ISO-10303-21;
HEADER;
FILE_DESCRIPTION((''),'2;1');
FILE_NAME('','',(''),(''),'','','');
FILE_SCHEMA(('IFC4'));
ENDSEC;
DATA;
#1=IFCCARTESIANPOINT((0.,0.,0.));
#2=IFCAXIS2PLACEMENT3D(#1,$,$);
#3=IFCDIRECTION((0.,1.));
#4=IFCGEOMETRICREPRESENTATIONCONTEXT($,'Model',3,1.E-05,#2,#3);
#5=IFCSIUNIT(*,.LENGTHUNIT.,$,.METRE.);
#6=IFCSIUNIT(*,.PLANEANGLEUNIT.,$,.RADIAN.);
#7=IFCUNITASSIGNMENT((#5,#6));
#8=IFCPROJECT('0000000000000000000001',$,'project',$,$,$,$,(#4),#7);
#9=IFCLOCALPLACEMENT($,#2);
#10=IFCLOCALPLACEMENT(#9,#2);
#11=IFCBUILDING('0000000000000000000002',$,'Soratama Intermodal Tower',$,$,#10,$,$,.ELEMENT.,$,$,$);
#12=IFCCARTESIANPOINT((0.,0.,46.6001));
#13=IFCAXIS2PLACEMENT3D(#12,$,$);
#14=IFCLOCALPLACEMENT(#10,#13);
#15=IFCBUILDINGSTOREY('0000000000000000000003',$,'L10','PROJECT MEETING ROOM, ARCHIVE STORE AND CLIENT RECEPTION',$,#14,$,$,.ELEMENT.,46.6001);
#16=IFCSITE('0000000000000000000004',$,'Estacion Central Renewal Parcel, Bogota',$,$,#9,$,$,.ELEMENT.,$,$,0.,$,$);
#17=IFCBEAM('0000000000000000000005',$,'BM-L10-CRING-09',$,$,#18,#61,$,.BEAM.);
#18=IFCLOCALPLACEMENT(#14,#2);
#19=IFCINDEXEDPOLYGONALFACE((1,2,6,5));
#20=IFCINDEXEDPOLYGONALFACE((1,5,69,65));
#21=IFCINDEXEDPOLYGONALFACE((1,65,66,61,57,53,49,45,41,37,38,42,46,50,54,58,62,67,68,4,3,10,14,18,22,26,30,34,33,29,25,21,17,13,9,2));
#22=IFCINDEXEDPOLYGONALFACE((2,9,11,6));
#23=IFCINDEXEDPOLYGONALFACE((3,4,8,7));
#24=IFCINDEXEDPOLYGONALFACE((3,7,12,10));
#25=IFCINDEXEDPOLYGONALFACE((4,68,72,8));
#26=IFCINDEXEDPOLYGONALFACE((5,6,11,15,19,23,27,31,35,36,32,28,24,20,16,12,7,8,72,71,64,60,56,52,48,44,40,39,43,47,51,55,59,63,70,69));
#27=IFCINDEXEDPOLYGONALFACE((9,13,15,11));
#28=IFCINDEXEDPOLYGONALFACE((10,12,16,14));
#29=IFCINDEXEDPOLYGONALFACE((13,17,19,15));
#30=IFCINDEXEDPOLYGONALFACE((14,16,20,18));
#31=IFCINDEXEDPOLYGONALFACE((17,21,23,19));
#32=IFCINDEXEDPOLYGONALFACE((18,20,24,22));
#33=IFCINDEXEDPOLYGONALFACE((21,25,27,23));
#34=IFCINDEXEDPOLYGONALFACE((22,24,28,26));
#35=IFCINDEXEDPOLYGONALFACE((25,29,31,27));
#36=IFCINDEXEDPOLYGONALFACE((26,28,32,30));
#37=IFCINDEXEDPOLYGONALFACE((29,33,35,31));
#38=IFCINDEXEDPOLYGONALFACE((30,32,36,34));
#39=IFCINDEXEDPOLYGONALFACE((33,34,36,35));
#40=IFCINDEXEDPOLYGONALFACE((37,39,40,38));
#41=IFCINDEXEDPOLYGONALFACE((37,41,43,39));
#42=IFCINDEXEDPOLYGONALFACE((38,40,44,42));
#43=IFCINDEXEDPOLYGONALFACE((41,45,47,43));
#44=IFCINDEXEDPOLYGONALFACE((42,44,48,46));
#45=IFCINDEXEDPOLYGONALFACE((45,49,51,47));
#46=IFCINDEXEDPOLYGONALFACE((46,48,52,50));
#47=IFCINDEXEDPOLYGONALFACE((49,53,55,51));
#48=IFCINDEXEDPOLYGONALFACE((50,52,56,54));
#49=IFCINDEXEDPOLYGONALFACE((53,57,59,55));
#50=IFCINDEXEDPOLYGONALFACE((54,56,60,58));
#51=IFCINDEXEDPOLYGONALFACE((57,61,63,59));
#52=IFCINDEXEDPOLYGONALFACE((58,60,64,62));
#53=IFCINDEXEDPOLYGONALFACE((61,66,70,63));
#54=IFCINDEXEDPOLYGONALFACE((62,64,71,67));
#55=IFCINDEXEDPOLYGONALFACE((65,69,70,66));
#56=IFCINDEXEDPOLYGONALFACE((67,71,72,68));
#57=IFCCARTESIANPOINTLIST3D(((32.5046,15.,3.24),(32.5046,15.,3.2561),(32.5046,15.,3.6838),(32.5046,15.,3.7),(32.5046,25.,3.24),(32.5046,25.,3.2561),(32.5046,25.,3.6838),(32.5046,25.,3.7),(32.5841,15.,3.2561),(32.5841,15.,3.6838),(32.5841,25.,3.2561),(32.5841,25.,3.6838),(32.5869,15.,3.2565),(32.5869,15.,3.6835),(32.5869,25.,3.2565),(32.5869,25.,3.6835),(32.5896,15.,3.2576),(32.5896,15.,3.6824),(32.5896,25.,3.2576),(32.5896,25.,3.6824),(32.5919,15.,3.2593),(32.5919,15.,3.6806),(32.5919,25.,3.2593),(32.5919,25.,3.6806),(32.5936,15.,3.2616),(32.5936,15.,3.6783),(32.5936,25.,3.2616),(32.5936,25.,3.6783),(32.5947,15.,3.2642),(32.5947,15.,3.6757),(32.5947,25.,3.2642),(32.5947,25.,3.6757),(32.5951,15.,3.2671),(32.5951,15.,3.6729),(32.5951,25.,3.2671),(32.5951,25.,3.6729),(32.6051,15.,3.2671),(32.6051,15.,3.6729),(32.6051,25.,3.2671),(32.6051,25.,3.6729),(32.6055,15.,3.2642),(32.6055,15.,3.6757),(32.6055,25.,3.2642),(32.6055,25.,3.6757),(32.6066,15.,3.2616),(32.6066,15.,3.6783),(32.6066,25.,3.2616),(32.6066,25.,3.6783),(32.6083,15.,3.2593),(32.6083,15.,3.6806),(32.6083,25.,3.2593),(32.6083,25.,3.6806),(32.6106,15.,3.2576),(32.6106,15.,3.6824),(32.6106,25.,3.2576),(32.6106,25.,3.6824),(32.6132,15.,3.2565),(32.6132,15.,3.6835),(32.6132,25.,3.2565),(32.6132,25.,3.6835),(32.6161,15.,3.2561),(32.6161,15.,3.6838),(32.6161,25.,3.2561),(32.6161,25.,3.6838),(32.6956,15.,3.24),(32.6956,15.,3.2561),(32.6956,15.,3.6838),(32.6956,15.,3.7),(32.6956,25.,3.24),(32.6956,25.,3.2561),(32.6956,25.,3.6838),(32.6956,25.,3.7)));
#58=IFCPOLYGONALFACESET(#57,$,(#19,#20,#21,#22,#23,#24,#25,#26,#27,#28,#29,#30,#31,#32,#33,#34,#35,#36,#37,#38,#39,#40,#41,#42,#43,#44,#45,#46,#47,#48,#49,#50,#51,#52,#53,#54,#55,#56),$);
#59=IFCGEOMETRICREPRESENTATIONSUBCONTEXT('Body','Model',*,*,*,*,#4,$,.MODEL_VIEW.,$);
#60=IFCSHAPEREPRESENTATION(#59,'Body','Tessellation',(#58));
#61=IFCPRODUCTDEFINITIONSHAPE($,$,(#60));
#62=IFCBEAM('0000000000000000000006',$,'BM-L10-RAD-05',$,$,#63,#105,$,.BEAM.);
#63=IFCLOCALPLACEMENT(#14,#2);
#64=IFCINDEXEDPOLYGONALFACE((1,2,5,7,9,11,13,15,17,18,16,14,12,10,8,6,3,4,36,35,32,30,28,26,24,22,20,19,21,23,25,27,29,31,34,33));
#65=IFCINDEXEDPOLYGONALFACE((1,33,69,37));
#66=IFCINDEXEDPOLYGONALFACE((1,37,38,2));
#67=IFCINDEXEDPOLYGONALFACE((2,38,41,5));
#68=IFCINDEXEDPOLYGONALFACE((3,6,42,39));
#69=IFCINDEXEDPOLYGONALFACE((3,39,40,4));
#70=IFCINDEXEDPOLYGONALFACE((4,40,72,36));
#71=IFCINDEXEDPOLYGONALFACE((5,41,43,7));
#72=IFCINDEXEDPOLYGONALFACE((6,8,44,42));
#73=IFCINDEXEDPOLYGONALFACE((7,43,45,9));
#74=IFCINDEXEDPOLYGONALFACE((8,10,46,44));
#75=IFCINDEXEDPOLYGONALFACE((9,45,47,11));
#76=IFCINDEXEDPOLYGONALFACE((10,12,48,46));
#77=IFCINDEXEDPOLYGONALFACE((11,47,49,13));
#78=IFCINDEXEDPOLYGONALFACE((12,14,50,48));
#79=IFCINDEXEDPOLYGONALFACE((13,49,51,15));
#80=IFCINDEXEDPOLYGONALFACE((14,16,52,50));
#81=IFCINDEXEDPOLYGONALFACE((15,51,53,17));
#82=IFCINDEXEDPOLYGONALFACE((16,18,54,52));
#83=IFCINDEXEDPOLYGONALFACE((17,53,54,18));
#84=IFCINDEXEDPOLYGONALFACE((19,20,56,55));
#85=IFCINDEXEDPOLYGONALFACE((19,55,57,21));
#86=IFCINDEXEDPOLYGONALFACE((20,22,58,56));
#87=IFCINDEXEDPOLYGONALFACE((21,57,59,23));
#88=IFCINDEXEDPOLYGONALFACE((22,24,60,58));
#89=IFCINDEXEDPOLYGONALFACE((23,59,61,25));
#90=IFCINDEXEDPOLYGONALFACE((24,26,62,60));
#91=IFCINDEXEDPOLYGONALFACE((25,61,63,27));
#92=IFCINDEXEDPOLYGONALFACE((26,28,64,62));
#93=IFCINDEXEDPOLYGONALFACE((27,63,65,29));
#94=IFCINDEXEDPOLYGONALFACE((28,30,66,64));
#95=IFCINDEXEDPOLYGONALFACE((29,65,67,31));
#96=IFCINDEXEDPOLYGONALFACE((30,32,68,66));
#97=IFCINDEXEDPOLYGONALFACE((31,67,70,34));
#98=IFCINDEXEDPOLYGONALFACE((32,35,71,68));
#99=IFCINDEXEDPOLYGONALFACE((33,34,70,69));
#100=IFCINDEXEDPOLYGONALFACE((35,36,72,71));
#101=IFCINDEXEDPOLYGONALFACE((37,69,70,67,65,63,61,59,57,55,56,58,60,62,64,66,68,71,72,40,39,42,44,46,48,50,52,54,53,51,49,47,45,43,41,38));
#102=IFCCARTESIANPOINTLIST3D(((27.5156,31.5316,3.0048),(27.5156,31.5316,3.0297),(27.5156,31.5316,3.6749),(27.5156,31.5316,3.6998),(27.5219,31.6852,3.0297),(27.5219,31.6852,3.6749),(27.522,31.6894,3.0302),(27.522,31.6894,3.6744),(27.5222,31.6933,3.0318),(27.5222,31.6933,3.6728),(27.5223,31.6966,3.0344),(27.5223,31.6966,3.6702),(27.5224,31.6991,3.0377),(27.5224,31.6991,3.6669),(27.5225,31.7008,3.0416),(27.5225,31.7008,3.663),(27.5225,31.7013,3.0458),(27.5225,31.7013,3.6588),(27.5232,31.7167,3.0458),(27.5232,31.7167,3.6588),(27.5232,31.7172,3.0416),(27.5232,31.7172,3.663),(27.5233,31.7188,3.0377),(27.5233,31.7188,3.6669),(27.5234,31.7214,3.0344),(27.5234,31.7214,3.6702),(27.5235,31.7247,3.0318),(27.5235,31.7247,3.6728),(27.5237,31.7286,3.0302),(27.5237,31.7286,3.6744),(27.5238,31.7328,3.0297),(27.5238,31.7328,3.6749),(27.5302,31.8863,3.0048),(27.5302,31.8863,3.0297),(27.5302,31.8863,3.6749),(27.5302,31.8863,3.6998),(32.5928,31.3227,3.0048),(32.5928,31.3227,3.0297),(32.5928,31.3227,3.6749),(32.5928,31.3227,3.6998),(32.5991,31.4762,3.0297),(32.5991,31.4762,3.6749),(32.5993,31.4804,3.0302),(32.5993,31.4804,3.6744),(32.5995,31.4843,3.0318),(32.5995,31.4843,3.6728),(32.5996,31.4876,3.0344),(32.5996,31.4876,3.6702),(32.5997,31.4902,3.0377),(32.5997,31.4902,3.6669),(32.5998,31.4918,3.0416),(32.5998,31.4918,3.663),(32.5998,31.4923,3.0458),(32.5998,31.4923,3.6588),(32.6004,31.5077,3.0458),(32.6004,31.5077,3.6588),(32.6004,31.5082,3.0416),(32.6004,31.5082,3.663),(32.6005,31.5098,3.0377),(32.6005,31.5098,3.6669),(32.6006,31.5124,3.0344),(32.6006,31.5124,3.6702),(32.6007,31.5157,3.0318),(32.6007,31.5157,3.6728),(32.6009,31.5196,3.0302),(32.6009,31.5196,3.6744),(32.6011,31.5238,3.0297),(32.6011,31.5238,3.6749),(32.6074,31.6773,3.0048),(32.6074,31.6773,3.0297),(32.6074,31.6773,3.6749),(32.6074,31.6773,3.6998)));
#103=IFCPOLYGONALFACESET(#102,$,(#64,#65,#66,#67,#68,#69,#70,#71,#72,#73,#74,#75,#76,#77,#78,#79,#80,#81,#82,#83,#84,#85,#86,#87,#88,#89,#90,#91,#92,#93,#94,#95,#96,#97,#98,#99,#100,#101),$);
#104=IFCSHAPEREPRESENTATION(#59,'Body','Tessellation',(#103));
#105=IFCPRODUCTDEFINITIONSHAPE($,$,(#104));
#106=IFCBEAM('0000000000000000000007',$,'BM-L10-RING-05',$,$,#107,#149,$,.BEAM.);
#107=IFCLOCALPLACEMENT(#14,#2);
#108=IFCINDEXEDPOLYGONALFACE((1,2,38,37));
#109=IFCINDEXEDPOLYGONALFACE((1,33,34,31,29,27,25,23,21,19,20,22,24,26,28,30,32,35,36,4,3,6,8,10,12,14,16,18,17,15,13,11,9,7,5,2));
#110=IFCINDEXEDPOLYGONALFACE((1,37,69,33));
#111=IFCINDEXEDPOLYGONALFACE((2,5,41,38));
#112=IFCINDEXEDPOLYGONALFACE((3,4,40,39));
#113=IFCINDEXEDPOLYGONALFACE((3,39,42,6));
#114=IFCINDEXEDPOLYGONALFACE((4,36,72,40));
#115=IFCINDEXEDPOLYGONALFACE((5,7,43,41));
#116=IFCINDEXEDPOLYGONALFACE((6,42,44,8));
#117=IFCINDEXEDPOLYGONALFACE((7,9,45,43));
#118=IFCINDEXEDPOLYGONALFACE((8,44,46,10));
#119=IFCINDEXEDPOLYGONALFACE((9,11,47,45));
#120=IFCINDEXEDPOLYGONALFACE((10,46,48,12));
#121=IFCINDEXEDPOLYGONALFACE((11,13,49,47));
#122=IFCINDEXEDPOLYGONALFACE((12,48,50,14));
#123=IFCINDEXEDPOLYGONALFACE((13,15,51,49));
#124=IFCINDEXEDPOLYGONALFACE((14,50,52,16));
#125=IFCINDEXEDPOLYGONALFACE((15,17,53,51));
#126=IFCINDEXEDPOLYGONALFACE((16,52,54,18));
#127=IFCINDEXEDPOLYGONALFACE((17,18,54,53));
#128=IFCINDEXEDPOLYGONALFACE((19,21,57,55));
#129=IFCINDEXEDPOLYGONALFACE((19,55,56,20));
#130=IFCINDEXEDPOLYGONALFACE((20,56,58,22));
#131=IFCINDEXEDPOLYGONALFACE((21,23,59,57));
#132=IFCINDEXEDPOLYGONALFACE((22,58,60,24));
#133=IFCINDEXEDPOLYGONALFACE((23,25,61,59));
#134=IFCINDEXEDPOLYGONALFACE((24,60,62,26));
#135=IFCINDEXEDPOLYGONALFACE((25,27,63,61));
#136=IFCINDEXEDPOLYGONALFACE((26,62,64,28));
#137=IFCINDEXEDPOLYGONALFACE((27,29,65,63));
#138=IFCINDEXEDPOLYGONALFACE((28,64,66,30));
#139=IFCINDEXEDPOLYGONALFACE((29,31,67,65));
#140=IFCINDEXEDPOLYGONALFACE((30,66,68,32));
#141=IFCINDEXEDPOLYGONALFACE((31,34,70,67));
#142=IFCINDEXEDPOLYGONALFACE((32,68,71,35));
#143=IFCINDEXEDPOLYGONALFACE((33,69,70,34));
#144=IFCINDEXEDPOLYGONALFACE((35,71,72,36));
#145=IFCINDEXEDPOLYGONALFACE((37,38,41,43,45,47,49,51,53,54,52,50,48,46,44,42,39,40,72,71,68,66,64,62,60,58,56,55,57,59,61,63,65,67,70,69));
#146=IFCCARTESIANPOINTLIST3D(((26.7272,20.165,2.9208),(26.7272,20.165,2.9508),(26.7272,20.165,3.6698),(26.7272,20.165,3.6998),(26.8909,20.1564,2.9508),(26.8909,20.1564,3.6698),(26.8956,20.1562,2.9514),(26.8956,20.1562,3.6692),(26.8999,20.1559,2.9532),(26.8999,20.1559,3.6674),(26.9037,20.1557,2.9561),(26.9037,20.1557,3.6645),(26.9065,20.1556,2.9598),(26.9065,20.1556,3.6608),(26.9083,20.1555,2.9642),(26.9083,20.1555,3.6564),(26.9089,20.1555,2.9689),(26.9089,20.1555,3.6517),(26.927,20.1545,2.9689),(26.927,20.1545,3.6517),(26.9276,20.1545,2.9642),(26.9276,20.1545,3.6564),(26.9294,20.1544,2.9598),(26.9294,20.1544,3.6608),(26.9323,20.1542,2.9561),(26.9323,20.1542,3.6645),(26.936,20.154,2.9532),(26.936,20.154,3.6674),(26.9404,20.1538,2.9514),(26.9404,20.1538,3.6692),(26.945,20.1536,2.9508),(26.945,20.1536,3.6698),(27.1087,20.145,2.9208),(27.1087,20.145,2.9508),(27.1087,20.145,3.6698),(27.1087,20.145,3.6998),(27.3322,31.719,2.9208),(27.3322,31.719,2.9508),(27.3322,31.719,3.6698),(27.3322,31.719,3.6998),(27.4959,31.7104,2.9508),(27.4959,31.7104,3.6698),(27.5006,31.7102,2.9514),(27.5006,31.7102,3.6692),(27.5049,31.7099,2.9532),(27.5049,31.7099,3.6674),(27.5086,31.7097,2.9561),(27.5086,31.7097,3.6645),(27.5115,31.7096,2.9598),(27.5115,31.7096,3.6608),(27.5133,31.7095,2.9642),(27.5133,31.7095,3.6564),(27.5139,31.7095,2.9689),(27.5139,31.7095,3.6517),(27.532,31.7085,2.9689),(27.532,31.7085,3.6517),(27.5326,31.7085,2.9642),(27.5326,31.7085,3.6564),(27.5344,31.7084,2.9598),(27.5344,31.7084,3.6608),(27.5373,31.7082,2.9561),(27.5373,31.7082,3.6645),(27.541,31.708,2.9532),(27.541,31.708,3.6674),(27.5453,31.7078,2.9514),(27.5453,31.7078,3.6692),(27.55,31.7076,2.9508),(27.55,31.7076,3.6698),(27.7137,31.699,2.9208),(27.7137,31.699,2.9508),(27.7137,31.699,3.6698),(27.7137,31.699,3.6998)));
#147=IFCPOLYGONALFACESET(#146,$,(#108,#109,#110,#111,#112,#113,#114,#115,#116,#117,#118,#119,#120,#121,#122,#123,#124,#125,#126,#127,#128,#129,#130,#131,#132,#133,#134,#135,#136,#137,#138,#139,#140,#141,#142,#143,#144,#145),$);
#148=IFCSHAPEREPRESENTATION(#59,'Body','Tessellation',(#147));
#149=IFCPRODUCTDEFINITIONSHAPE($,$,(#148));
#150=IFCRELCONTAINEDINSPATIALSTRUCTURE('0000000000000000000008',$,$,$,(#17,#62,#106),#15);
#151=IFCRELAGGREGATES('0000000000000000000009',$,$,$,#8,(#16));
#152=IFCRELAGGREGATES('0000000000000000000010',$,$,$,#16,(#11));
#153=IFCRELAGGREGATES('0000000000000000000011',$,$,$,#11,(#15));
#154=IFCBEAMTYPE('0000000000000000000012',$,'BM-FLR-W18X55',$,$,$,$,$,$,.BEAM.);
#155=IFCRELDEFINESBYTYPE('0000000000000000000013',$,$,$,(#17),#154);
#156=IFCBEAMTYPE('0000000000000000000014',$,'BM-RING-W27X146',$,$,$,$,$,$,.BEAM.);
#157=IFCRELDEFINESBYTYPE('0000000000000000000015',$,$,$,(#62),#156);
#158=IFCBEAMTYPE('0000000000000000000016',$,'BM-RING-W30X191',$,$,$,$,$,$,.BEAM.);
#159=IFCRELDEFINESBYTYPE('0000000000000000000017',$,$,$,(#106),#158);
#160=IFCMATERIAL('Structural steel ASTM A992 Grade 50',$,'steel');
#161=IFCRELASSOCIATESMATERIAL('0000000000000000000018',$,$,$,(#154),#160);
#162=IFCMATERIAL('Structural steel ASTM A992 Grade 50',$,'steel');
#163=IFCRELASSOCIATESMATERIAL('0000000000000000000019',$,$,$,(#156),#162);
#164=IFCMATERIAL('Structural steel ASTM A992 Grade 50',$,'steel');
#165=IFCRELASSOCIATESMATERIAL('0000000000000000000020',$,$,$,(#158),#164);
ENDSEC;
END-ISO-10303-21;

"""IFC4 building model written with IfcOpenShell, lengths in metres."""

from ifc_helpers import new_model, si_unit, direction, frame, origin, origin_2d, place, context, subcontext, project, spatial, i_section, extrude, material, material_profile, profile_set, type_object, element, save


model = new_model("IFC4")

# Units and contexts
model_context = context("Model", 3, precision=1e-05, world=origin(), true_north=direction((0.0, 1.0)))
body_context = subcontext(model_context, "Body", "Model", "MODEL_VIEW")
ifc_project = project(units=[si_unit("LENGTHUNIT", "METRE"), si_unit("PLANEANGLEUNIT", "RADIAN")], contexts=[model_context])

# Site, building, storey
site_placement = place(None, origin())
site = spatial("IfcSite", under=ifc_project, at=site_placement, Name="Estacion Central Renewal Parcel, Bogota", CompositionType="ELEMENT", RefElevation=0.0)
building_placement = place(site_placement, origin())
building = spatial("IfcBuilding", under=site, at=building_placement, Name="Soratama Intermodal Tower", CompositionType="ELEMENT")
storey_placement = place(building_placement, frame((0.0, 0.0, 46.6001)))
storey = spatial("IfcBuildingStorey", under=building, at=storey_placement, Name="L10", Description="PROJECT MEETING ROOM, ARCHIVE STORE AND CLIENT RECEPTION", CompositionType="ELEMENT", Elevation=46.6001)

# Beams
ifc_material_1 = material(Name="Structural steel ASTM A992 Grade 50", Category="steel")
ifc_material_profile_1 = material_profile(ifc_material_1, i_section(OverallWidth=0.1909, OverallDepth=0.46, WebThickness=0.01, FlangeThickness=0.0161, FilletRadius=0.011, at=origin_2d()), Name="W18X55")
ifc_profile_set_1 = profile_set([ifc_material_profile_1], Name="Structural steel ASTM A992 Grade 50")
beam_type_1 = type_object("IfcBeamType", Name="BM-FLR-W18X55", PredefinedType="BEAM", material=ifc_profile_set_1)
beam_1_placement = place(storey_placement, frame((32.6001, 25.0, 3.47), z_axis=(0.0, -1.0, 0.0), x_axis=(1.0, 0.0, 0.0)))
element("IfcBeam", 1, at=beam_1_placement, inside=storey, type_object=beam_type_1, Name="BM-L10-CRING-09", PredefinedType="BEAM", context=body_context, shape_type="SweptSolid", body=[
    extrude(i_section(OverallWidth=0.1909, OverallDepth=0.46, WebThickness=0.01, FlangeThickness=0.0161, FilletRadius=0.011, at=origin_2d()), origin(), (0.0, 0.0, 1.0), 10.0),
])
ifc_material_2 = material(Name="Structural steel ASTM A992 Grade 50", Category="steel")
ifc_material_profile_2 = material_profile(ifc_material_2, i_section(OverallWidth=0.355, OverallDepth=0.6951, WebThickness=0.0154, FlangeThickness=0.0249, FilletRadius=0.0161, at=origin_2d()), Name="W27X146")
ifc_profile_set_2 = profile_set([ifc_material_profile_2], Name="Structural steel ASTM A992 Grade 50")
beam_type_2 = type_object("IfcBeamType", Name="BM-RING-W27X146", PredefinedType="BEAM", material=ifc_profile_set_2)
beam_2_placement = place(storey_placement, frame((32.6001, 31.5, 3.3523), z_axis=(-0.999154, 0.041127, 0.0), x_axis=(-0.041127, -0.999154, 0.0)))
element("IfcBeam", 2, at=beam_2_placement, inside=storey, type_object=beam_type_2, Name="BM-L10-RAD-05", PredefinedType="BEAM", context=body_context, shape_type="SweptSolid", body=[
    extrude(i_section(OverallWidth=0.355, OverallDepth=0.6951, WebThickness=0.0154, FlangeThickness=0.0249, FilletRadius=0.0161, at=origin_2d()), origin(), (0.0, 0.0, 1.0), 5.0815),
])
ifc_material_3 = material(Name="Structural steel ASTM A992 Grade 50", Category="steel")
ifc_material_profile_3 = material_profile(ifc_material_3, i_section(OverallWidth=0.3821, OverallDepth=0.7791, WebThickness=0.0181, FlangeThickness=0.03, FilletRadius=0.0181, at=origin_2d()), Name="W30X191")
ifc_profile_set_3 = profile_set([ifc_material_profile_3], Name="Structural steel ASTM A992 Grade 50")
beam_type_3 = type_object("IfcBeamType", Name="BM-RING-W30X191", PredefinedType="BEAM", material=ifc_profile_set_3)
beam_3_placement = place(storey_placement, frame((27.5229, 31.709, 3.3103), z_axis=(-0.05229, -0.998632, 0.0), x_axis=(0.998632, -0.05229, 0.0)))
element("IfcBeam", 3, at=beam_3_placement, inside=storey, type_object=beam_type_3, Name="BM-L10-RING-05", PredefinedType="BEAM", context=body_context, shape_type="SweptSolid", body=[
    extrude(i_section(OverallWidth=0.3821, OverallDepth=0.7791, WebThickness=0.0181, FlangeThickness=0.03, FilletRadius=0.0181, at=origin_2d()), origin(), (0.0, 0.0, 1.0), 11.5698),
])

save(model, "model.ifc")
